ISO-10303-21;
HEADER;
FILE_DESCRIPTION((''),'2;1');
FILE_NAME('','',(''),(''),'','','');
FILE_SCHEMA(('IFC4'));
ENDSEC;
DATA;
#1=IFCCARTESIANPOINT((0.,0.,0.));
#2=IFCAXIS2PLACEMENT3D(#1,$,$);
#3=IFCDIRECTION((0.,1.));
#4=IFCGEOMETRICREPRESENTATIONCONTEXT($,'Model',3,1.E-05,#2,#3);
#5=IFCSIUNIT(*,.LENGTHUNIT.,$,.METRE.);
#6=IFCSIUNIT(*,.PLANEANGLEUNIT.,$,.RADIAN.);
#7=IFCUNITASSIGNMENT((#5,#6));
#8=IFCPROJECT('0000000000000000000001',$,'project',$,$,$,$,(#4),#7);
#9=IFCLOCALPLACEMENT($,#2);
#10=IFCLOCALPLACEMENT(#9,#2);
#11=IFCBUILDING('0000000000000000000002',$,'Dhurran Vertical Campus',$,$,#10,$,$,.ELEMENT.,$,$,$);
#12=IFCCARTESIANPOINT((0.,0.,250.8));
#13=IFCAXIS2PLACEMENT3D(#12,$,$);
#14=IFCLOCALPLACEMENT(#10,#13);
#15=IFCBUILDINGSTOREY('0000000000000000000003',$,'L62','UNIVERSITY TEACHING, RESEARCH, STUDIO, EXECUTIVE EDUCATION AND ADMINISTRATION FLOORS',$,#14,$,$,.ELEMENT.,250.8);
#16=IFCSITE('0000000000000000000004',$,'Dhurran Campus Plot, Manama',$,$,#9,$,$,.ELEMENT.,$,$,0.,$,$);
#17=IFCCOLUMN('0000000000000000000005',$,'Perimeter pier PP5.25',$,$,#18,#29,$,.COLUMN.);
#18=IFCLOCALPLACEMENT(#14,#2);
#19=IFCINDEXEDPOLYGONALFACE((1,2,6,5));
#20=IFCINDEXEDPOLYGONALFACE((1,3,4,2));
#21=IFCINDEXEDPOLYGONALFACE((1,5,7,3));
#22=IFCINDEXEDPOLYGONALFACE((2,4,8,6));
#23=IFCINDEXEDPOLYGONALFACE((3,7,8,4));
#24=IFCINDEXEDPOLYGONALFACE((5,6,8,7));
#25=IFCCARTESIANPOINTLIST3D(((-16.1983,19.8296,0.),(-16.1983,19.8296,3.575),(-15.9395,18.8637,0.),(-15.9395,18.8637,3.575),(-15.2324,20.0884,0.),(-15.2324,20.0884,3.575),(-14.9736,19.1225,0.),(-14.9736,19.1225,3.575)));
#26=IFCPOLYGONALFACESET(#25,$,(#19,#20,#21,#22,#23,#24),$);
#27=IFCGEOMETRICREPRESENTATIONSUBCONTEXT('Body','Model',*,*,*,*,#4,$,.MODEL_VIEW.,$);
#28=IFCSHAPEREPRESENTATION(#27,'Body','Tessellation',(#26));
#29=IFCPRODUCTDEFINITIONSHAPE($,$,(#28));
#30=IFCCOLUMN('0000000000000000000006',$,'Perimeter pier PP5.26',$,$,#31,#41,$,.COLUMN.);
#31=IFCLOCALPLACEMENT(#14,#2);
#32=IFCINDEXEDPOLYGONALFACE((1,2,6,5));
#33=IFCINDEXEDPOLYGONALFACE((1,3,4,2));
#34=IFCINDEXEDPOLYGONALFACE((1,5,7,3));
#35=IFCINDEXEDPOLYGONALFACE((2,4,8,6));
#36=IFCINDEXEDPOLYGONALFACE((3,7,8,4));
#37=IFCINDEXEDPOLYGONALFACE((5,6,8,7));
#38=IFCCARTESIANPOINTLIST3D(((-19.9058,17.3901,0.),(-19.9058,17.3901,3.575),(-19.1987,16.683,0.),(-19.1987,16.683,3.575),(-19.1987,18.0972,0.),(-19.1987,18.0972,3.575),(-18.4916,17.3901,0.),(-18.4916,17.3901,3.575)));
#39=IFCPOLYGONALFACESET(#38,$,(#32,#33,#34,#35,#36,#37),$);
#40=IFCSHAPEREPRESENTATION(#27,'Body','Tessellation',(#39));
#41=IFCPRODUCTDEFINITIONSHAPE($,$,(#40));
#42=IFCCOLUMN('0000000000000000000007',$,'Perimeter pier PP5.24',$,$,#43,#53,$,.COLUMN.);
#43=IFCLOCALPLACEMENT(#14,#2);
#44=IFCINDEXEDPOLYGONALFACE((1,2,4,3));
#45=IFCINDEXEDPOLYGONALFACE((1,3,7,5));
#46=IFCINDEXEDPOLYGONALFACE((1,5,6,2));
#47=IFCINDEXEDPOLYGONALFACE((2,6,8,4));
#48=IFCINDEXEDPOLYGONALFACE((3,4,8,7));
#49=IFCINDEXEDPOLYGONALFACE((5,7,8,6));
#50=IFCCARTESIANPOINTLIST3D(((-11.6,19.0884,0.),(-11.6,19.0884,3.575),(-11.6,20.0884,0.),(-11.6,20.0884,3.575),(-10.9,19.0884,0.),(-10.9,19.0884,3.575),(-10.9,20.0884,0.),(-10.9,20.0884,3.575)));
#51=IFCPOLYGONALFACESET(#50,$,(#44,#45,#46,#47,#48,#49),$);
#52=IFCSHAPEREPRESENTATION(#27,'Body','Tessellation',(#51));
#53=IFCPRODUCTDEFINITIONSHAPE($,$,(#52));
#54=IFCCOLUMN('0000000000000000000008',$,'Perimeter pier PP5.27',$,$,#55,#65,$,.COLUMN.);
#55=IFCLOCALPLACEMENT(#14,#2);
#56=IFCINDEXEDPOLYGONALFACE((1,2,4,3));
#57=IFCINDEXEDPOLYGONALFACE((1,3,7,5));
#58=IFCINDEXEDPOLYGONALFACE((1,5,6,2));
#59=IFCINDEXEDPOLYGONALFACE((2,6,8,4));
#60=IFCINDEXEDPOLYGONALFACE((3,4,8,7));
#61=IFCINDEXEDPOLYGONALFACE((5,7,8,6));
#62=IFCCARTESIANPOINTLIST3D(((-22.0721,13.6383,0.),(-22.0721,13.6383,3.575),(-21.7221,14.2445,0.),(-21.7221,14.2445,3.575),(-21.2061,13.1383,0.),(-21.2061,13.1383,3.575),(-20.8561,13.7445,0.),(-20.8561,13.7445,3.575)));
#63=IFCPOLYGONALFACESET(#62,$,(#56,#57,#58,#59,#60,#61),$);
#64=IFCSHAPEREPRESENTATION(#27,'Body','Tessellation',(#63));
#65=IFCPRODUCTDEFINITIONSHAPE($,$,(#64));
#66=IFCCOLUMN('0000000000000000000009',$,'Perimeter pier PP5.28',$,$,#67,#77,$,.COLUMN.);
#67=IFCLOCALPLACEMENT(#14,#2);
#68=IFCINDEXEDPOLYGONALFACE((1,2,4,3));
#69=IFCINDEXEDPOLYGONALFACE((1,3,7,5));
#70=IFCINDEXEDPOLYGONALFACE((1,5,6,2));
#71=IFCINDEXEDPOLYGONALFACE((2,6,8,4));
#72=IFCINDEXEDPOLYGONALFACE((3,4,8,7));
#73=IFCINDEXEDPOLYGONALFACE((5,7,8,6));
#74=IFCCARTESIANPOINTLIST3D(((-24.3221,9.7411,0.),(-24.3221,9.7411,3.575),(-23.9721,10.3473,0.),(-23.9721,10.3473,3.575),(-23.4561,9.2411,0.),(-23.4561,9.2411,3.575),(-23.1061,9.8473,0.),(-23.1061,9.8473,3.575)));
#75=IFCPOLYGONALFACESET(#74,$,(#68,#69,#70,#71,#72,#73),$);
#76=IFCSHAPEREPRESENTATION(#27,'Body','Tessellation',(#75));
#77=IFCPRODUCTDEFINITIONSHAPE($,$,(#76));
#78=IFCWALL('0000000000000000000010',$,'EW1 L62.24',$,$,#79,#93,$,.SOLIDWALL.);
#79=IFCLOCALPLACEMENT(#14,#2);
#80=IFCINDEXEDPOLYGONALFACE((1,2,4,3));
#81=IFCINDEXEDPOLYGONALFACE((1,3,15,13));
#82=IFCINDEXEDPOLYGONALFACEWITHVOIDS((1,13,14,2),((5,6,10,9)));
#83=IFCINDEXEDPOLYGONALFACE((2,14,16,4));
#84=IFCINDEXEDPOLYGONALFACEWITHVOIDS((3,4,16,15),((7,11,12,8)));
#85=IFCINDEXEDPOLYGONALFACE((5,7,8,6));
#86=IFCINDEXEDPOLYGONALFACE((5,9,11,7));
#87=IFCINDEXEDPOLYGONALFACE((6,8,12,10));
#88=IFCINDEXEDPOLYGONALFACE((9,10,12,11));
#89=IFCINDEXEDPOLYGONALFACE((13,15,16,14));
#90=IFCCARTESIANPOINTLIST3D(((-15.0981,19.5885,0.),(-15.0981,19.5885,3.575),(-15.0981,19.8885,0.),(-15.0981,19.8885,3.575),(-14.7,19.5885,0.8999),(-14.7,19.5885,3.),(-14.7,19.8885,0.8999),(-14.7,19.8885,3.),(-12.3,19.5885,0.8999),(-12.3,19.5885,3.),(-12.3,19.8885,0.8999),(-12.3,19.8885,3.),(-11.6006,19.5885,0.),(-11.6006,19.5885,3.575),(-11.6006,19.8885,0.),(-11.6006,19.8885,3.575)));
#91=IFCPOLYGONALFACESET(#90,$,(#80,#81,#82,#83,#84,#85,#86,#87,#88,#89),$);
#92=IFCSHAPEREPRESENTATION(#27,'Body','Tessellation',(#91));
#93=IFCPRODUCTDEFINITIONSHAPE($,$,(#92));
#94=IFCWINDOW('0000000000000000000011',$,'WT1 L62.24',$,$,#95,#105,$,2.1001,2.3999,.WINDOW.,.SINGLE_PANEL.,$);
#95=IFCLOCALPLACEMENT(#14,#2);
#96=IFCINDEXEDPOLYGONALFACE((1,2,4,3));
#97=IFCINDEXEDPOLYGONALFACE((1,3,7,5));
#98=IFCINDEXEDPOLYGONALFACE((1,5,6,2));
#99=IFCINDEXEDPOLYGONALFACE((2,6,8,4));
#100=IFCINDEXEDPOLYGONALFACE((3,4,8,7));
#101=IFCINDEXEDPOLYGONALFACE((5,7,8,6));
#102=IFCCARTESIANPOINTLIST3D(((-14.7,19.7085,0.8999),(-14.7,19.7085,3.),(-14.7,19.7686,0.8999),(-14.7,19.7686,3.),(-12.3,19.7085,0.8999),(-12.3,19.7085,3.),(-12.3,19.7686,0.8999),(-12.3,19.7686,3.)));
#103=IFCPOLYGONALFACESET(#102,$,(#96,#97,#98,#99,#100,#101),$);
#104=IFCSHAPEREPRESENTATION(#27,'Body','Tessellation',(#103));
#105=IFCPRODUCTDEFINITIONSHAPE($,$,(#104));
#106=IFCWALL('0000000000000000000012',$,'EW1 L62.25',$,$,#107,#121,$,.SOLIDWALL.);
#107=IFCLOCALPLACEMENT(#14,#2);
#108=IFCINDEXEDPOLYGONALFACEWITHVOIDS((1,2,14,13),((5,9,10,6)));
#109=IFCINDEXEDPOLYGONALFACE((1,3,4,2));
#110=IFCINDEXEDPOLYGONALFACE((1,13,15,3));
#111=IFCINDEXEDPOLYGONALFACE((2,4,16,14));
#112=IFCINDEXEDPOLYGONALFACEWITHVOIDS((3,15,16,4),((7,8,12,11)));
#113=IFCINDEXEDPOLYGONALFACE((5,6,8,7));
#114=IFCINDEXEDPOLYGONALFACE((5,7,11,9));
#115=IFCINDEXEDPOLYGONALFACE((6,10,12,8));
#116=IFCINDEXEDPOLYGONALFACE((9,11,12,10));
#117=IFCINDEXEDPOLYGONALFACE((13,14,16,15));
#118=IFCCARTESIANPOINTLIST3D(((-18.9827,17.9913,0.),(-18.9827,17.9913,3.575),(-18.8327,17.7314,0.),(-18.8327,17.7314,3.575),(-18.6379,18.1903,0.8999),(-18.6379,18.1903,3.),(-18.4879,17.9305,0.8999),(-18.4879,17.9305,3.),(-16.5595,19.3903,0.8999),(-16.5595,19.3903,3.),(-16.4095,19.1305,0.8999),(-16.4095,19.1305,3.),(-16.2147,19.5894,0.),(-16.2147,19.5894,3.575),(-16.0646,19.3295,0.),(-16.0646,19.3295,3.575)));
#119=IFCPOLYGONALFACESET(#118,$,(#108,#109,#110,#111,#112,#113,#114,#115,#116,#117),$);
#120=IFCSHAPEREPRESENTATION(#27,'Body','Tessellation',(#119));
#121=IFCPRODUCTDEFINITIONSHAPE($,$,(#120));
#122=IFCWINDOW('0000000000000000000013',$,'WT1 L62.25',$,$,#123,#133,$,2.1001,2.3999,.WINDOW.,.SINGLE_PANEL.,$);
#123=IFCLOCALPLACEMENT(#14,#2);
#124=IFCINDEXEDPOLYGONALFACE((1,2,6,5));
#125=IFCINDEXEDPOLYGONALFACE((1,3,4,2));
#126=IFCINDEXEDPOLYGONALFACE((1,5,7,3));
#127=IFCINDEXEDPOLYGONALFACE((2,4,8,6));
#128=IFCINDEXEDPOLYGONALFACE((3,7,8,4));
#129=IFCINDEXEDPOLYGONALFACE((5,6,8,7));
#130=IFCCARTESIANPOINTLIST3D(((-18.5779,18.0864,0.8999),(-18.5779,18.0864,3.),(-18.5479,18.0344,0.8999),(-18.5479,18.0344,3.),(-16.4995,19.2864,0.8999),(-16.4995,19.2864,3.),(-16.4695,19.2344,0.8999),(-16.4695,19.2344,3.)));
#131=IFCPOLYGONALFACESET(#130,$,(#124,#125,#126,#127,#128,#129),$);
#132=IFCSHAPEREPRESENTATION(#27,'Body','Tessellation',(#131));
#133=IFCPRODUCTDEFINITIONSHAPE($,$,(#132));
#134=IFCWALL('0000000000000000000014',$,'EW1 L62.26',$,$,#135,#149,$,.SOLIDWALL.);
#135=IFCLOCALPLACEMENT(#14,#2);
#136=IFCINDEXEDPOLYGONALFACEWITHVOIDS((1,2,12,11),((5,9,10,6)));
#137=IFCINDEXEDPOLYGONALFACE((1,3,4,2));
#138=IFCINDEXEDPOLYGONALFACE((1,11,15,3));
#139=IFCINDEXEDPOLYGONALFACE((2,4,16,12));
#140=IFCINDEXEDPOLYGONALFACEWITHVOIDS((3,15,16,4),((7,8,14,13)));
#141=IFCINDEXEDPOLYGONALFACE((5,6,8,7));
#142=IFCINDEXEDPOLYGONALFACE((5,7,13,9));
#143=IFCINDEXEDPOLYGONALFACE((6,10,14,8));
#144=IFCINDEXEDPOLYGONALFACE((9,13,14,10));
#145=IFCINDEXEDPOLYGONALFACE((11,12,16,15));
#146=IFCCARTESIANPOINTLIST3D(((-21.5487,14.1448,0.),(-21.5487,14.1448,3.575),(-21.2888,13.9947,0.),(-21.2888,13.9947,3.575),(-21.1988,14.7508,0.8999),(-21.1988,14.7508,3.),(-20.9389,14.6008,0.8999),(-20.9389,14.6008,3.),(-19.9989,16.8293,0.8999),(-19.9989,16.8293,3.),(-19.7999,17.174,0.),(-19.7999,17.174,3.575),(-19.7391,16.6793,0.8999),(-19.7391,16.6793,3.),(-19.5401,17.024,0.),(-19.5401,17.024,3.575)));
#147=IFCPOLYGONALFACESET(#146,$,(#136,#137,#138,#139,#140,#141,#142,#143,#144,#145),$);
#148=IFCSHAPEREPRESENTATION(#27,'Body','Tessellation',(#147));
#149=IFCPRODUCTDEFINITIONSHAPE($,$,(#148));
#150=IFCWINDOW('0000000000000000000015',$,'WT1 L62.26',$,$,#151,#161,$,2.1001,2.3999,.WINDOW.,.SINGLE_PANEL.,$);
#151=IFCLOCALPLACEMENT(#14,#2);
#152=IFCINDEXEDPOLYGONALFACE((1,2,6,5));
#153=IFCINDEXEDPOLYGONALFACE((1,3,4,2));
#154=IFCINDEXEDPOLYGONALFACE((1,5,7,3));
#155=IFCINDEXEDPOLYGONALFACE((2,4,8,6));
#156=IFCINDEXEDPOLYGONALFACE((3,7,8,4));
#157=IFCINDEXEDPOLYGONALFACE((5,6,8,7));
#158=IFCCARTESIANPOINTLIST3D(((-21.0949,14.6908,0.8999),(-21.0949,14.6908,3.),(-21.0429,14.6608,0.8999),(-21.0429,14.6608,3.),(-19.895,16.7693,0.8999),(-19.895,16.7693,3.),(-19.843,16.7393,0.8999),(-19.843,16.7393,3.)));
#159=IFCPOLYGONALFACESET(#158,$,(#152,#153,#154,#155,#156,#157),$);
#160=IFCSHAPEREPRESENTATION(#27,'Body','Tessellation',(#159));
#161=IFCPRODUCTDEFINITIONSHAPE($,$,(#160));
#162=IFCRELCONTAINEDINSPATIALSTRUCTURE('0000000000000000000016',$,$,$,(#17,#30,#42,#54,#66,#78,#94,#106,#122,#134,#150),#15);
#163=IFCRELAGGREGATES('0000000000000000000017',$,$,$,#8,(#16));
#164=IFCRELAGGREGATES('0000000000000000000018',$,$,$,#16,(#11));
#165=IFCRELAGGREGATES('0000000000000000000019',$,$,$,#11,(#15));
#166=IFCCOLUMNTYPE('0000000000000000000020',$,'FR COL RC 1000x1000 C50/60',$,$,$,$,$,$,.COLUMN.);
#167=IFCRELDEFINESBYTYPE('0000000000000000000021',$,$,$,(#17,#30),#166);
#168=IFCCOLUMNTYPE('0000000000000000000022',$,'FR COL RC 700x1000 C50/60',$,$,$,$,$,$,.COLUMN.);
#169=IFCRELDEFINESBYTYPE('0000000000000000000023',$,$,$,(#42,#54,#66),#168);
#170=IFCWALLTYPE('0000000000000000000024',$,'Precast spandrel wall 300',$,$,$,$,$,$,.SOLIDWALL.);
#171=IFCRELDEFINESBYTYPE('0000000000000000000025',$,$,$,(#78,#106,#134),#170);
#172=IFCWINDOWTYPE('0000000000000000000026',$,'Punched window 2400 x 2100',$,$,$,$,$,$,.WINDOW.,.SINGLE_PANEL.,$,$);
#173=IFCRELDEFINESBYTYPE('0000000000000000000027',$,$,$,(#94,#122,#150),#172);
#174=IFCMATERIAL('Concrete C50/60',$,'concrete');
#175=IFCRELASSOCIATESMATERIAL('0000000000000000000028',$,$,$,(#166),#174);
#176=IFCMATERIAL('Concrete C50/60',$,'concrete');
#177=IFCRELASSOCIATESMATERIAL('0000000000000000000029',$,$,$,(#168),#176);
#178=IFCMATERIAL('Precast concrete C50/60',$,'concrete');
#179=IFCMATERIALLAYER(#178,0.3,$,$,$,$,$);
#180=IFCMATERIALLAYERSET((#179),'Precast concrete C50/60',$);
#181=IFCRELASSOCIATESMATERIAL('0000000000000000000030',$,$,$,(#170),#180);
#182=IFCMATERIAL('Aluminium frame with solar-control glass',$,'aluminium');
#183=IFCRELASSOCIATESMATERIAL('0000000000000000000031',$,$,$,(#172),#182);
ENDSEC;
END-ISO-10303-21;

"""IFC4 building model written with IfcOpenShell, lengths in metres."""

from ifc_helpers import new_model, si_unit, direction, frame, frame_2d, origin, origin_2d, place, context, subcontext, project, spatial, rectangle, extrude, material, layer, layer_set, material_profile, profile_set, type_object, element, fill, save


model = new_model("IFC4")

# Units and contexts
model_context = context("Model", 3, precision=1e-05, world=origin(), true_north=direction((0.0, 1.0)))
body_context = subcontext(model_context, "Body", "Model", "MODEL_VIEW")
ifc_project = project(units=[si_unit("LENGTHUNIT", "METRE"), si_unit("PLANEANGLEUNIT", "RADIAN")], contexts=[model_context])

# Site, building, storey
site_placement = place(None, origin())
site = spatial("IfcSite", under=ifc_project, at=site_placement, Name="Dhurran Campus Plot, Manama", CompositionType="ELEMENT", RefElevation=0.0)
building_placement = place(site_placement, origin())
building = spatial("IfcBuilding", under=site, at=building_placement, Name="Dhurran Vertical Campus", CompositionType="ELEMENT")
storey_placement = place(building_placement, frame((0.0, 0.0, 250.8)))
storey = spatial("IfcBuildingStorey", under=building, at=storey_placement, Name="L62", Description="UNIVERSITY TEACHING, RESEARCH, STUDIO, EXECUTIVE EDUCATION AND ADMINISTRATION FLOORS", CompositionType="ELEMENT", Elevation=250.8)

# Columns
ifc_material_1 = material(Name="Concrete C50/60", Category="concrete")
ifc_material_profile_1 = material_profile(ifc_material_1, rectangle(XDim=1.0, YDim=1.0, at=origin_2d()), Name="RC 1000x1000")
ifc_profile_set_1 = profile_set([ifc_material_profile_1], Name="Concrete C50/60")
column_type_1 = type_object("IfcColumnType", Name="FR COL RC 1000x1000 C50/60", PredefinedType="COLUMN", material=ifc_profile_set_1)
for number, where, z_axis, x_axis, name in (
    (1, (-15.5859, 19.4761, 0.0), (0.0, 0.0, 1.0), (-0.965926, -0.258819, 0.0), "Perimeter pier PP5.25"),
    (2, (-19.1987, 17.3901, 0.0), (0.0, 0.0, 1.0), (-0.707107, -0.707107, 0.0), "Perimeter pier PP5.26"),
):
    element("IfcColumn", number, at=place(storey_placement, frame(where, z_axis=z_axis, x_axis=x_axis)), inside=storey, type_object=column_type_1, Name=name, PredefinedType="COLUMN", context=body_context, shape_type="SweptSolid", body=[
        extrude(rectangle(XDim=1.0, YDim=1.0, at=origin_2d()), origin(), (0.0, 0.0, 1.0), 3.575),
    ])
ifc_material_2 = material(Name="Concrete C50/60", Category="concrete")
ifc_material_profile_2 = material_profile(ifc_material_2, rectangle(XDim=0.7, YDim=1.0, at=origin_2d()), Name="RC 700x1000")
ifc_profile_set_2 = profile_set([ifc_material_profile_2], Name="Concrete C50/60")
column_type_2 = type_object("IfcColumnType", Name="FR COL RC 700x1000 C50/60", PredefinedType="COLUMN", material=ifc_profile_set_2)
for number, where, z_axis, x_axis, name in (
    (3, (-11.25, 19.5884, 0.0), (0.0, 0.0, 1.0), (-1.0, 0.0, 0.0), "Perimeter pier PP5.24"),
    (4, (-21.4641, 13.6914, 0.0), (0.0, 0.0, 1.0), (-0.5, -0.866025, 0.0), "Perimeter pier PP5.27"),
    (5, (-23.7141, 9.7942, 0.0), (0.0, 0.0, 1.0), (-0.5, -0.866025, 0.0), "Perimeter pier PP5.28"),
):
    element("IfcColumn", number, at=place(storey_placement, frame(where, z_axis=z_axis, x_axis=x_axis)), inside=storey, type_object=column_type_2, Name=name, PredefinedType="COLUMN", context=body_context, shape_type="SweptSolid", body=[
        extrude(rectangle(XDim=0.7, YDim=1.0, at=origin_2d()), origin(), (0.0, 0.0, 1.0), 3.575),
    ])

# Walls, openings, windows
ifc_material_3 = material(Name="Precast concrete C50/60", Category="concrete")
ifc_layer_1 = layer(ifc_material_3, 0.3)
ifc_layer_set_1 = layer_set([ifc_layer_1], Name="Precast concrete C50/60")
wall_type_1 = type_object("IfcWallType", Name="Precast spandrel wall 300", PredefinedType="SOLIDWALL", material=ifc_layer_set_1)
wall_1_placement = place(storey_placement, frame((-11.6006, 19.7385, 0.0), z_axis=(0.0, 0.0, 1.0), x_axis=(-1.0, 0.0, 0.0)))
wall_1 = element("IfcWall", 6, at=wall_1_placement, inside=storey, type_object=wall_type_1, Name="EW1 L62.24", PredefinedType="SOLIDWALL", context=body_context, shape_type="SweptSolid", body=[
    extrude(rectangle(XDim=3.4976, YDim=0.3, at=frame_2d((1.7488, 0.0))), origin(), (0.0, 0.0, 1.0), 3.575),
])
opening_1_placement = place(wall_1_placement, frame((0.6995, 0.0, 0.8999)))
opening_1 = element("IfcOpeningElement", 7, at=opening_1_placement, cuts=wall_1, PredefinedType="OPENING", context=body_context, shape_type="SweptSolid", body=[
    extrude(rectangle(XDim=2.3999, YDim=2.1001, at=frame_2d((1.2, 1.05))), frame((0.0, 0.1599, 0.0), z_axis=(0.0, -1.0, 0.0), x_axis=(1.0, 0.0, 0.0)), (0.0, 0.0, 1.0), 0.3201),
])
ifc_material_4 = material(Name="Aluminium frame with solar-control glass", Category="aluminium")
window_type = type_object("IfcWindowType", Name="Punched window 2400 x 2100", PartitioningType="SINGLE_PANEL", PredefinedType="WINDOW", material=ifc_material_4)
window_1_placement = place(opening_1_placement, origin())
window_1 = element("IfcWindow", 8, at=window_1_placement, inside=storey, type_object=window_type, Name="WT1 L62.24", OverallHeight=2.1001, OverallWidth=2.3999, PartitioningType="SINGLE_PANEL", PredefinedType="WINDOW", context=body_context, shape_type="SweptSolid", body=[
    extrude(rectangle(XDim=2.3999, YDim=2.1001, at=frame_2d((1.2, 1.05))), frame((0.0, 0.03, 0.0), z_axis=(0.0, -1.0, 0.0), x_axis=(1.0, 0.0, 0.0)), (0.0, 0.0, 1.0), 0.0601),
])
fill(opening_1, window_1)
wall_2_placement = place(storey_placement, frame((-16.1396, 19.4595, 0.0), z_axis=(0.0, 0.0, 1.0), x_axis=(-0.866025, -0.5, 0.0)))
wall_2 = element("IfcWall", 9, at=wall_2_placement, inside=storey, type_object=wall_type_1, Name="EW1 L62.25", PredefinedType="SOLIDWALL", context=body_context, shape_type="SweptSolid", body=[
    extrude(rectangle(XDim=3.1963, YDim=0.3, at=frame_2d((1.5981, 0.0))), origin(), (0.0, 0.0, 1.0), 3.575),
])
opening_2_placement = place(wall_2_placement, frame((0.3982, 0.0, 0.8999)))
opening_2 = element("IfcOpeningElement", 10, at=opening_2_placement, cuts=wall_2, PredefinedType="OPENING", context=body_context, shape_type="SweptSolid", body=[
    extrude(rectangle(XDim=2.3999, YDim=2.1001, at=frame_2d((1.2, 1.05))), frame((0.0, 0.1599, 0.0), z_axis=(0.0, -1.0, 0.0), x_axis=(1.0, 0.0, 0.0)), (0.0, 0.0, 1.0), 0.3201),
])
window_2_placement = place(opening_2_placement, origin())
window_2 = element("IfcWindow", 11, at=window_2_placement, inside=storey, type_object=window_type, Name="WT1 L62.25", OverallHeight=2.1001, OverallWidth=2.3999, PartitioningType="SINGLE_PANEL", PredefinedType="WINDOW", context=body_context, shape_type="SweptSolid", body=[
    extrude(rectangle(XDim=2.3999, YDim=2.1001, at=frame_2d((1.2, 1.05))), frame((0.0, 0.03, 0.0), z_axis=(0.0, -1.0, 0.0), x_axis=(1.0, 0.0, 0.0)), (0.0, 0.0, 1.0), 0.0601),
])
fill(opening_2, window_2)
wall_3_placement = place(storey_placement, frame((-19.6699, 17.0991, 0.0), z_axis=(0.0, 0.0, 1.0), x_axis=(-0.49996, -0.866048, 0.0)))
wall_3 = element("IfcWall", 12, at=wall_3_placement, inside=storey, type_object=wall_type_1, Name="EW1 L62.26", PredefinedType="SOLIDWALL", context=body_context, shape_type="SweptSolid", body=[
    extrude(rectangle(XDim=3.4978, YDim=0.3, at=frame_2d((1.749, 0.0))), origin(), (0.0, 0.0, 1.0), 3.575),
])
opening_3_placement = place(wall_3_placement, frame((0.3982, 0.0, 0.8999)))
opening_3 = element("IfcOpeningElement", 13, at=opening_3_placement, cuts=wall_3, PredefinedType="OPENING", context=body_context, shape_type="SweptSolid", body=[
    extrude(rectangle(XDim=2.3999, YDim=2.1001, at=frame_2d((1.2, 1.05))), frame((0.0, 0.1599, 0.0), z_axis=(0.0, -1.0, 0.0), x_axis=(1.0, 0.0, 0.0)), (0.0, 0.0, 1.0), 0.3201),
])
window_3_placement = place(opening_3_placement, origin())
window_3 = element("IfcWindow", 14, at=window_3_placement, inside=storey, type_object=window_type, Name="WT1 L62.26", OverallHeight=2.1001, OverallWidth=2.3999, PartitioningType="SINGLE_PANEL", PredefinedType="WINDOW", context=body_context, shape_type="SweptSolid", body=[
    extrude(rectangle(XDim=2.3999, YDim=2.1001, at=frame_2d((1.2, 1.05))), frame((0.0, 0.03, 0.0), z_axis=(0.0, -1.0, 0.0), x_axis=(1.0, 0.0, 0.0)), (0.0, 0.0, 1.0), 0.0601),
])
fill(opening_3, window_3)

save(model, "model.ifc")
